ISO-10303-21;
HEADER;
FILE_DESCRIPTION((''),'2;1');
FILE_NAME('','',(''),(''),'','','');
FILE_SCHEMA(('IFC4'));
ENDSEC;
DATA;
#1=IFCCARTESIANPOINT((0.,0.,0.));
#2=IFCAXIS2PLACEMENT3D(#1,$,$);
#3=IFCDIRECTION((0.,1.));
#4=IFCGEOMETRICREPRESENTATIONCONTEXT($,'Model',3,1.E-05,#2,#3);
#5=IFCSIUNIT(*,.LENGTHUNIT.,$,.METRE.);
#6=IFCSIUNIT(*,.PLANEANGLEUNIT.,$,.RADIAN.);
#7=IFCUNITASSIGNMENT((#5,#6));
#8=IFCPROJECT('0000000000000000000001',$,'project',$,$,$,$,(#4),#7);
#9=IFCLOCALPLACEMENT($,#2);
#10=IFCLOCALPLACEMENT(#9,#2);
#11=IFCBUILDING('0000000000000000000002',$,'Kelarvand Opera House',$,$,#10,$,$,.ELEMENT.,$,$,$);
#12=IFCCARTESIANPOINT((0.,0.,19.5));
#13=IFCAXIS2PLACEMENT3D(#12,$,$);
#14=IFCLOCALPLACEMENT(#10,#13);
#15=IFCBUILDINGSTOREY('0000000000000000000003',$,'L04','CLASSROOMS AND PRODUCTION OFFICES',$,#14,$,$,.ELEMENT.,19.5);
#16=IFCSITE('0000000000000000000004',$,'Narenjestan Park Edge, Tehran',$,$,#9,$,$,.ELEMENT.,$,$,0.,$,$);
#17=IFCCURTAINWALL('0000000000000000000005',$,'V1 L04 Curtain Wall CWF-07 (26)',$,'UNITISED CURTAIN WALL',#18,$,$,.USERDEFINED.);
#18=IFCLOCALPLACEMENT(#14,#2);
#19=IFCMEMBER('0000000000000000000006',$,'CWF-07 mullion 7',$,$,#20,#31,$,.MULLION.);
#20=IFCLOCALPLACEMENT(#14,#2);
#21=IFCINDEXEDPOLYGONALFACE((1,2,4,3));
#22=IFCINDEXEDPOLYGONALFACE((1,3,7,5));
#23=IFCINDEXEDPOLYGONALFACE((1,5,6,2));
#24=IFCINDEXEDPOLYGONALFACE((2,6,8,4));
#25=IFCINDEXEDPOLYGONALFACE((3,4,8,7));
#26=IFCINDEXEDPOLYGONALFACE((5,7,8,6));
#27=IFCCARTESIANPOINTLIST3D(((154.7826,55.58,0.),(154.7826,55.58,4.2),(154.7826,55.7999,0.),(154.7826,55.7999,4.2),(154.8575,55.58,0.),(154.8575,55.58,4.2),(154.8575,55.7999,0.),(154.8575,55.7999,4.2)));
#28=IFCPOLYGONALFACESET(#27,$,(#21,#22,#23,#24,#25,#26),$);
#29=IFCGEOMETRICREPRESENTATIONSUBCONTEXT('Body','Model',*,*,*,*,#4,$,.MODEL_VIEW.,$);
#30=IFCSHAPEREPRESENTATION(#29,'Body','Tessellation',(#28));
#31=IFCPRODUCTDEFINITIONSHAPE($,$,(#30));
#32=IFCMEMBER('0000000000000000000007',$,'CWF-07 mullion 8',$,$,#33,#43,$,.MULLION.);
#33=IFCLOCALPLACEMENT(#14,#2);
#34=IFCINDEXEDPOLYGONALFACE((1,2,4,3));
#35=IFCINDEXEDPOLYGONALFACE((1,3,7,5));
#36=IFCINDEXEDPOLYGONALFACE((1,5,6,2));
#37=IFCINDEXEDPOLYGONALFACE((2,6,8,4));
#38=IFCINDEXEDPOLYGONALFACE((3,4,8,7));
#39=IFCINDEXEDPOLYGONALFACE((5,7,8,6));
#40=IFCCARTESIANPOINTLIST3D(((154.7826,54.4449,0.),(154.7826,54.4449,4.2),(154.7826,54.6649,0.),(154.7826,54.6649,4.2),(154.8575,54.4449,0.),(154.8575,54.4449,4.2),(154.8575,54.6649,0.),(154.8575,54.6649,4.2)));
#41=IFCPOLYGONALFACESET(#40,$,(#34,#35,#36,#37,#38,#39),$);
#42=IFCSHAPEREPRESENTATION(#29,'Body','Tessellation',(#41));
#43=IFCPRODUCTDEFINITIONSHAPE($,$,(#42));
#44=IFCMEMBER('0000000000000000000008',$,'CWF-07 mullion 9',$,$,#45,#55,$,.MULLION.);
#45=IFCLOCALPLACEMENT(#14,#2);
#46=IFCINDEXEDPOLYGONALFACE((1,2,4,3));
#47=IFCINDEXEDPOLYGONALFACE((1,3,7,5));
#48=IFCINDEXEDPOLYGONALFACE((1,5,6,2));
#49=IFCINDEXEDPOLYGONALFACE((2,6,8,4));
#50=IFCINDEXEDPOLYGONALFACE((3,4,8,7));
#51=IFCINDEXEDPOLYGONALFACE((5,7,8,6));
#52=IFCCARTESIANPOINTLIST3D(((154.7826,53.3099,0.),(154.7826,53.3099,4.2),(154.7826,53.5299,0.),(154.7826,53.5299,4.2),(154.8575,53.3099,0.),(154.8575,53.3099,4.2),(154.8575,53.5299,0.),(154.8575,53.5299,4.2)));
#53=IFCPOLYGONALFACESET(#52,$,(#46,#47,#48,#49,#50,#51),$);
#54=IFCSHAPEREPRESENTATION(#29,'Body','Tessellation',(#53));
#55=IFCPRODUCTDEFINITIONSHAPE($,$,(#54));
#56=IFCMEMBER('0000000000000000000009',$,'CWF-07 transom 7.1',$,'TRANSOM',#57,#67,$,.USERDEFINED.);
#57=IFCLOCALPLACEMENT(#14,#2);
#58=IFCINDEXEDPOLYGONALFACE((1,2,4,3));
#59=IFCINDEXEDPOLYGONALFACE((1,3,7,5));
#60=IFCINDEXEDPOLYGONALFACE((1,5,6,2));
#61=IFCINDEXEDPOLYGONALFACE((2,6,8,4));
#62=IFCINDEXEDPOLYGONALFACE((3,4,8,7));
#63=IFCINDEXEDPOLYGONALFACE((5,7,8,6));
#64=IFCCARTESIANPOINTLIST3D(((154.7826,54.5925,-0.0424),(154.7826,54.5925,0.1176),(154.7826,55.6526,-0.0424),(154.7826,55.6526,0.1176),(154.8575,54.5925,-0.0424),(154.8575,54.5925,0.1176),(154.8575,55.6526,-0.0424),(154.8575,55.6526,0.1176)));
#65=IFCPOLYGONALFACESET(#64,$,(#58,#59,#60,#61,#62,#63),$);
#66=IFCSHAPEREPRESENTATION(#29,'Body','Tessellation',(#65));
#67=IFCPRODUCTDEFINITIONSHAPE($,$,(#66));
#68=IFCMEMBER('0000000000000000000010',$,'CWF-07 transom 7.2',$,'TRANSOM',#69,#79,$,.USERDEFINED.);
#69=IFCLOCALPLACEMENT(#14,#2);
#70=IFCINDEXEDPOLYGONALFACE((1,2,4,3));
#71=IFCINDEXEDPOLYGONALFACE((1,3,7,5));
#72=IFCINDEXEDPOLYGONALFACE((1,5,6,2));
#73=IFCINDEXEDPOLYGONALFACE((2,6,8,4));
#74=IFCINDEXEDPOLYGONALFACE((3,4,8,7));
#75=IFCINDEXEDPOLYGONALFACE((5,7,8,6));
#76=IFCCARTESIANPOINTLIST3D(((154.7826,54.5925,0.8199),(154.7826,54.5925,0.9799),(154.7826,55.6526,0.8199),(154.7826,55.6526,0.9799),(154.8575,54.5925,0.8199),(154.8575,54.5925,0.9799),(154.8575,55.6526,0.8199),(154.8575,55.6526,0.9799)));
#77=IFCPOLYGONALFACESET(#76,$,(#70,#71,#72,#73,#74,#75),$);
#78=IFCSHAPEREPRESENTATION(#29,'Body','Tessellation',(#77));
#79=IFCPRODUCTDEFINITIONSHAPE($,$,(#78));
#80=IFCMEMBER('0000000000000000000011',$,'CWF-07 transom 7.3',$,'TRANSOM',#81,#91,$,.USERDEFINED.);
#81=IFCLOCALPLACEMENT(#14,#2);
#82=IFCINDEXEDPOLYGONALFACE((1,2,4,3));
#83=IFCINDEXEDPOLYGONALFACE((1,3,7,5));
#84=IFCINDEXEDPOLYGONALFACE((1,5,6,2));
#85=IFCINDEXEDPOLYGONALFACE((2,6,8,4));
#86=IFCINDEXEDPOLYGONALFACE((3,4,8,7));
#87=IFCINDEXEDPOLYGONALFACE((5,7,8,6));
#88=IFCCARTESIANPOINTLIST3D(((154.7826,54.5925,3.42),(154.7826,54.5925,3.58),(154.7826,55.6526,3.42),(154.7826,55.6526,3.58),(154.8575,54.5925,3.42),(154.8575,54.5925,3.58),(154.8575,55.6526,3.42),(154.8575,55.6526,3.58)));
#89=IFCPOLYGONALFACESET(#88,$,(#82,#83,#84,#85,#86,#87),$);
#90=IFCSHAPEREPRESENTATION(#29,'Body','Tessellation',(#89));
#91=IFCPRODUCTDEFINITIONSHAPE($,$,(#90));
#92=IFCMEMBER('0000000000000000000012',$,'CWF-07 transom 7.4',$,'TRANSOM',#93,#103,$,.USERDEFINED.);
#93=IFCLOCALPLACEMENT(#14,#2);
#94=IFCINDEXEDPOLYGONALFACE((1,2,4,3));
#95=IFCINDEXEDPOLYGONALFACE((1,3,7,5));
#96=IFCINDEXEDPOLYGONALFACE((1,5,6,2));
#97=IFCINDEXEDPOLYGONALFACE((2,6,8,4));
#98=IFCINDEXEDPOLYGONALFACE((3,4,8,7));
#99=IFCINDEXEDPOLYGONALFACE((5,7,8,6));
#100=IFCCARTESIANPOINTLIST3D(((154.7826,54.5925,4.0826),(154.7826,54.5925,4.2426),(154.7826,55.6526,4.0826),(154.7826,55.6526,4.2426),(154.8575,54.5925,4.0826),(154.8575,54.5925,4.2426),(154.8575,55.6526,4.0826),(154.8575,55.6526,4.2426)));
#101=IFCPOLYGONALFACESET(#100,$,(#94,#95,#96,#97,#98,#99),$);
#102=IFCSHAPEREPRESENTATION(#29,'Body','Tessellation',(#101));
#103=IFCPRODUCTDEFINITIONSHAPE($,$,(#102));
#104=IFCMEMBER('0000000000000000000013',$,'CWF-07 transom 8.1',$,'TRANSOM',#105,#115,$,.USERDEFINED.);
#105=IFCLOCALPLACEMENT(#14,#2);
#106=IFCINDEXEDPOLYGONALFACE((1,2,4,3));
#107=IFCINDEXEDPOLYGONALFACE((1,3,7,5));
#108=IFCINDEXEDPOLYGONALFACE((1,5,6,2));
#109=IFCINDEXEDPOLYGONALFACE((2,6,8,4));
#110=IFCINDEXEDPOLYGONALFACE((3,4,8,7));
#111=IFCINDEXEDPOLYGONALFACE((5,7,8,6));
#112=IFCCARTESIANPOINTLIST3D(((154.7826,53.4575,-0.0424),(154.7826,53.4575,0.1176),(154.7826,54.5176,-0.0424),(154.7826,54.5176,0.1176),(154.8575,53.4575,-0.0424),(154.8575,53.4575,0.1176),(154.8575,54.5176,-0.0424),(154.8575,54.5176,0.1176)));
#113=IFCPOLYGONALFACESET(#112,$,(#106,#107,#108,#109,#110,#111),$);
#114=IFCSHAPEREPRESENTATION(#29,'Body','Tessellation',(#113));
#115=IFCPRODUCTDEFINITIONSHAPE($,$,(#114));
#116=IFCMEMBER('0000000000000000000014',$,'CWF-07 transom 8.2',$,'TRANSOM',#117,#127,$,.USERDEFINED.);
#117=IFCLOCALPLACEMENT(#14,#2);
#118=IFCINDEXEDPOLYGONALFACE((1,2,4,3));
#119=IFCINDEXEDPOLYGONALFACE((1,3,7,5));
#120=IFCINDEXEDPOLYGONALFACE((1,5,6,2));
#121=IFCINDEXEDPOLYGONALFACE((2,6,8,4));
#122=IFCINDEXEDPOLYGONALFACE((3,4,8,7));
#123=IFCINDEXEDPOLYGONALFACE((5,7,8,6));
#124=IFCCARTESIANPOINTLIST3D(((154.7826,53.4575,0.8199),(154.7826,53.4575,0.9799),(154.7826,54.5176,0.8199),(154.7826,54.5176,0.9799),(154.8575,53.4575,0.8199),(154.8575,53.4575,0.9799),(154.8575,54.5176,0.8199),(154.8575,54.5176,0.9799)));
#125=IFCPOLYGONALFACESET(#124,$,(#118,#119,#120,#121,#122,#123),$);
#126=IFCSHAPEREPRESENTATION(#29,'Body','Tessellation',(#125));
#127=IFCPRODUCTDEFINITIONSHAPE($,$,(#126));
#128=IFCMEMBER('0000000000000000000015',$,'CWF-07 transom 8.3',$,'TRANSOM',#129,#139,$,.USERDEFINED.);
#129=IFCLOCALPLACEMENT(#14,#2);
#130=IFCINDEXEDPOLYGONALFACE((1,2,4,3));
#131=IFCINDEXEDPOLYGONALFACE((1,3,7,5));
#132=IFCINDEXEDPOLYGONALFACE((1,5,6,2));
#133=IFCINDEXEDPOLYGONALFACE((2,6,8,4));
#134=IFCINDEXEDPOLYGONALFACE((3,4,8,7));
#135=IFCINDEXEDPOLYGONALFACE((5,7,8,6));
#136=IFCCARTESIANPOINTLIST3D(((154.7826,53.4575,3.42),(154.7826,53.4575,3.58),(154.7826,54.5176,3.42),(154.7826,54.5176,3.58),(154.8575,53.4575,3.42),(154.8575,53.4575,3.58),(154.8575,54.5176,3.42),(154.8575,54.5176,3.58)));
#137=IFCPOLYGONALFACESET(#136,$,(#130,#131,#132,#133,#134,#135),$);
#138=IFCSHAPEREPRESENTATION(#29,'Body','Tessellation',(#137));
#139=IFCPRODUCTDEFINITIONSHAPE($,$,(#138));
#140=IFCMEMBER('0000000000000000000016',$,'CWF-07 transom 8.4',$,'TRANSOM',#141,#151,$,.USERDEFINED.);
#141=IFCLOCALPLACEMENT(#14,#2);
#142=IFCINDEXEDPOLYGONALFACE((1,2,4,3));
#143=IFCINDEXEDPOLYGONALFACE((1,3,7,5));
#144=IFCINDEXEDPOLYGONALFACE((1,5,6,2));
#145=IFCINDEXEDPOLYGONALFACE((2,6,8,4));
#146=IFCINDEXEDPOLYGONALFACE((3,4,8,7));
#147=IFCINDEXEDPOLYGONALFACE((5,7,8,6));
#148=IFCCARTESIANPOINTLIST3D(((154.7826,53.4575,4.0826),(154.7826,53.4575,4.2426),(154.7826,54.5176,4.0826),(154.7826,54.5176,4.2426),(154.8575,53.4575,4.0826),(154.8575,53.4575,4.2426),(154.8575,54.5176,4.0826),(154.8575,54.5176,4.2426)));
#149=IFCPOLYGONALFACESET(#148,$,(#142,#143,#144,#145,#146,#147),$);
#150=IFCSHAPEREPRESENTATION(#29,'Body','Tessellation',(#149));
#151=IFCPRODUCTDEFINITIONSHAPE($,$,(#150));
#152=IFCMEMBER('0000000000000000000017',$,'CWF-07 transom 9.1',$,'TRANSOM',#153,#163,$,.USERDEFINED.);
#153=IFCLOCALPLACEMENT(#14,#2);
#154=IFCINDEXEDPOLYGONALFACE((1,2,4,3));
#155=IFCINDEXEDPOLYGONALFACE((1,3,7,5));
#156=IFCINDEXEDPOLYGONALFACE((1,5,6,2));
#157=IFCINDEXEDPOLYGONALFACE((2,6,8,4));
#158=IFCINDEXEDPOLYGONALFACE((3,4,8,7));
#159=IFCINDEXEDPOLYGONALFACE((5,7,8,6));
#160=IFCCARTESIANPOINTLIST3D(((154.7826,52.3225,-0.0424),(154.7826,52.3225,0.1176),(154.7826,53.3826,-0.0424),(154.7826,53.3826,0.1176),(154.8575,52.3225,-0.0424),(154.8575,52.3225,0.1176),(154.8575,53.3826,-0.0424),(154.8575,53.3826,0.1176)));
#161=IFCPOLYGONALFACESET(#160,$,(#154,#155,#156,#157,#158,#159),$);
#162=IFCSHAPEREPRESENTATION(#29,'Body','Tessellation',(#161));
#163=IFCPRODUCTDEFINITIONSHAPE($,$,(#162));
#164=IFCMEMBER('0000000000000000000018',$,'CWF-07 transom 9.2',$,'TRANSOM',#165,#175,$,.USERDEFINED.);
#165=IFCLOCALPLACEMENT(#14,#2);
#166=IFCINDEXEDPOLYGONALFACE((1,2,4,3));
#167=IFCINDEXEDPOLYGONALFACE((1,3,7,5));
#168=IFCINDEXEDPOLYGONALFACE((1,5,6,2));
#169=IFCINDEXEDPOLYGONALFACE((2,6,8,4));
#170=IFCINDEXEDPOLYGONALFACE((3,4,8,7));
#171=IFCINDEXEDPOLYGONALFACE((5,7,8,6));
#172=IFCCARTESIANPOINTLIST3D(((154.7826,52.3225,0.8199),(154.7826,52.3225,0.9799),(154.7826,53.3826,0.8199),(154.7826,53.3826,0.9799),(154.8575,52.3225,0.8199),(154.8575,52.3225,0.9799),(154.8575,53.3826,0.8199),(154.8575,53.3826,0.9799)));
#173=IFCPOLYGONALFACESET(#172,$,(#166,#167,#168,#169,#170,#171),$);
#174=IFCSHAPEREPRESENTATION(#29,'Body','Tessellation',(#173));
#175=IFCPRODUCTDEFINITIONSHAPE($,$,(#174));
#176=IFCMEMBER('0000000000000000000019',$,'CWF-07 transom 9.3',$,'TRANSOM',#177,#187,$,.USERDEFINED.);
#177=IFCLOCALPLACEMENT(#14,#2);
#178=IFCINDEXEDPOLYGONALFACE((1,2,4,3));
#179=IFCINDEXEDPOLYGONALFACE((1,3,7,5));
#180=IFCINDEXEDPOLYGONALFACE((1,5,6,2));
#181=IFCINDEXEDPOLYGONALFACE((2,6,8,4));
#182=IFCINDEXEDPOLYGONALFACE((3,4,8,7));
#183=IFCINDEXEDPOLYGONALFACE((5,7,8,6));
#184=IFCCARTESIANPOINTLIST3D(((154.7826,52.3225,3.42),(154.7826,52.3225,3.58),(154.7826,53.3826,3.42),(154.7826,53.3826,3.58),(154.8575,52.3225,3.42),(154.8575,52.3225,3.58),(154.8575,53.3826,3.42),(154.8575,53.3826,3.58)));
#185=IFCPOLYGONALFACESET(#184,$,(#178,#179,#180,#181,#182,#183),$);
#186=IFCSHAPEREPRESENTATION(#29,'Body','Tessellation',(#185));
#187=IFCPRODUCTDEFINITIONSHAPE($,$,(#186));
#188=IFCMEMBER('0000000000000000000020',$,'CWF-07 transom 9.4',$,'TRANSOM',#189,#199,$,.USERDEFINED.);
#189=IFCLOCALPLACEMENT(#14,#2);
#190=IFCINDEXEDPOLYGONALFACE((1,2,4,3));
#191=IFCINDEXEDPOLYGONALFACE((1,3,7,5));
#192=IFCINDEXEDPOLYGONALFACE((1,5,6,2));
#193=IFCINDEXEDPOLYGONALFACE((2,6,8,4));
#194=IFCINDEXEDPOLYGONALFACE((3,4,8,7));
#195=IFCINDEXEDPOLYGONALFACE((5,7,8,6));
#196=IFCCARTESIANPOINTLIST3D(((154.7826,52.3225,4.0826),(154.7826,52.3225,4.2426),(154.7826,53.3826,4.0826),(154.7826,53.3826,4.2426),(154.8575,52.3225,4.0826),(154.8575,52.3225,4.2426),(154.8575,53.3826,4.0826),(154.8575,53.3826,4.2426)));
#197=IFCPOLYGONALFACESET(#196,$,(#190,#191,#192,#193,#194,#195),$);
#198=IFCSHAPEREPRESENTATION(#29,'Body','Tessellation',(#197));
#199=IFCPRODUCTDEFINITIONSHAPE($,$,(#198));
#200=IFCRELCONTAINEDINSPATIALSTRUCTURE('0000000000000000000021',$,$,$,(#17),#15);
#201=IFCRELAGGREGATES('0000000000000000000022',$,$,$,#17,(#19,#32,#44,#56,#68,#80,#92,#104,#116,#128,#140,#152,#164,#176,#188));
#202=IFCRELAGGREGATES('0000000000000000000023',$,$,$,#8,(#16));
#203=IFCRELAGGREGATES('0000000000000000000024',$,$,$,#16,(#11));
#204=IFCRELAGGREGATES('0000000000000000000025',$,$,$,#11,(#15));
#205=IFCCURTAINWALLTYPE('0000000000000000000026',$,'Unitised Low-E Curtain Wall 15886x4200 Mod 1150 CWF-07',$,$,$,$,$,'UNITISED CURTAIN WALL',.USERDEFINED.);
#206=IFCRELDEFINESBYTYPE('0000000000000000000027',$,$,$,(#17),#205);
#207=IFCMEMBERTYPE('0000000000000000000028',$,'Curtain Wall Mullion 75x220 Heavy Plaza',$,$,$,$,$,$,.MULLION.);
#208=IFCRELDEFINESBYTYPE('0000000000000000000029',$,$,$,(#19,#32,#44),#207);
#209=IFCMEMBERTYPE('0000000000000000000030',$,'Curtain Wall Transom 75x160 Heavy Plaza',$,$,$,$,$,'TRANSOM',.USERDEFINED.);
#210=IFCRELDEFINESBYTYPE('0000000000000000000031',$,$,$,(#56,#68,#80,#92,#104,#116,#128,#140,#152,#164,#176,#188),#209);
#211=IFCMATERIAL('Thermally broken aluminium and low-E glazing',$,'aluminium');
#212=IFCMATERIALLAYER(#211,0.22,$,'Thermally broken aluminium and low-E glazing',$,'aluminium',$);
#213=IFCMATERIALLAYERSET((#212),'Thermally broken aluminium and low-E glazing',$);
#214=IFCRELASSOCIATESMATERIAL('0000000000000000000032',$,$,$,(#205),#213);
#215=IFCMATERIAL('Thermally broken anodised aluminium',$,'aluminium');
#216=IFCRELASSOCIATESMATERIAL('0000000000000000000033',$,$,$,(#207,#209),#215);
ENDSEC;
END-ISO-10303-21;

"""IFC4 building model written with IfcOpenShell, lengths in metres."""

from ifc_helpers import new_model, si_unit, direction, frame, origin, origin_2d, place, context, subcontext, project, spatial, rectangle, extrude, material, layer, layer_set, material_profile, profile_set, type_object, element, aggregate, save


model = new_model("IFC4")

# Units and contexts
model_context = context("Model", 3, precision=1e-05, world=origin(), true_north=direction((0.0, 1.0)))
body_context = subcontext(model_context, "Body", "Model", "MODEL_VIEW")
ifc_project = project(units=[si_unit("LENGTHUNIT", "METRE"), si_unit("PLANEANGLEUNIT", "RADIAN")], contexts=[model_context])

# Site, building, storey
site_placement = place(None, origin())
site = spatial("IfcSite", under=ifc_project, at=site_placement, Name="Narenjestan Park Edge, Tehran", CompositionType="ELEMENT", RefElevation=0.0)
building_placement = place(site_placement, origin())
building = spatial("IfcBuilding", under=site, at=building_placement, Name="Kelarvand Opera House", CompositionType="ELEMENT")
storey_placement = place(building_placement, frame((0.0, 0.0, 19.5)))
storey = spatial("IfcBuildingStorey", under=building, at=storey_placement, Name="L04", Description="CLASSROOMS AND PRODUCTION OFFICES", CompositionType="ELEMENT", Elevation=19.5)

# Curtain wall, members
ifc_material_1 = material(Name="Thermally broken aluminium and low-E glazing", Category="aluminium")
ifc_layer_1 = layer(ifc_material_1, 0.22, Name="Thermally broken aluminium and low-E glazing", Category="aluminium")
ifc_layer_set_1 = layer_set([ifc_layer_1], Name="Thermally broken aluminium and low-E glazing")
curtain_wall_type = type_object("IfcCurtainWallType", Name="Unitised Low-E Curtain Wall 15886x4200 Mod 1150 CWF-07", ElementType="UNITISED CURTAIN WALL", PredefinedType="USERDEFINED", material=ifc_layer_set_1)
curtain_wall_placement = place(storey_placement, origin())
curtain_wall = element("IfcCurtainWall", 1, at=curtain_wall_placement, inside=storey, type_object=curtain_wall_type, Name="V1 L04 Curtain Wall CWF-07 (26)", ObjectType="UNITISED CURTAIN WALL", PredefinedType="USERDEFINED")
ifc_material_2 = material(Name="Thermally broken anodised aluminium", Category="aluminium")
ifc_material_profile_1 = material_profile(ifc_material_2, rectangle(XDim=0.075, YDim=0.22, at=origin_2d()), Name="ALU MULLION 75x220", Category="aluminium")
ifc_profile_set_1 = profile_set([ifc_material_profile_1], Name="Thermally broken anodised aluminium")
member_type_1 = type_object("IfcMemberType", Name="Curtain Wall Mullion 75x220 Heavy Plaza", PredefinedType="MULLION", material=ifc_profile_set_1)
member_1_placement = place(storey_placement, frame((154.8201, 55.6899, 0.0), z_axis=(0.0, 0.0, 1.0), x_axis=(1.0, 0.0, 0.0)))
member_1 = element("IfcMember", 2, at=member_1_placement, type_object=member_type_1, Name="CWF-07 mullion 7", PredefinedType="MULLION", context=body_context, shape_type="SweptSolid", body=[
    extrude(rectangle(XDim=0.075, YDim=0.22, at=origin_2d()), origin(), (0.0, 0.0, 1.0), 4.2),
])
member_2_placement = place(storey_placement, frame((154.8201, 54.5549, 0.0), z_axis=(0.0, 0.0, 1.0), x_axis=(1.0, 0.0, 0.0)))
member_2 = element("IfcMember", 3, at=member_2_placement, type_object=member_type_1, Name="CWF-07 mullion 8", PredefinedType="MULLION", context=body_context, shape_type="SweptSolid", body=[
    extrude(rectangle(XDim=0.075, YDim=0.22, at=origin_2d()), origin(), (0.0, 0.0, 1.0), 4.2),
])
member_3_placement = place(storey_placement, frame((154.8201, 53.4199, 0.0), z_axis=(0.0, 0.0, 1.0), x_axis=(1.0, 0.0, 0.0)))
member_3 = element("IfcMember", 4, at=member_3_placement, type_object=member_type_1, Name="CWF-07 mullion 9", PredefinedType="MULLION", context=body_context, shape_type="SweptSolid", body=[
    extrude(rectangle(XDim=0.075, YDim=0.22, at=origin_2d()), origin(), (0.0, 0.0, 1.0), 4.2),
])
ifc_material_profile_2 = material_profile(ifc_material_2, rectangle(XDim=0.075, YDim=0.1599, at=origin_2d()), Name="ALU TRANSOM 75x160", Category="aluminium")
ifc_profile_set_2 = profile_set([ifc_material_profile_2], Name="Thermally broken anodised aluminium")
member_type_2 = type_object("IfcMemberType", Name="Curtain Wall Transom 75x160 Heavy Plaza", ElementType="TRANSOM", PredefinedType="USERDEFINED", material=ifc_profile_set_2)
member_4_placement = place(storey_placement, frame((154.8201, 55.6526, 0.0376), z_axis=(0.0, -1.0, 0.0), x_axis=(1.0, 0.0, 0.0)))
member_4 = element("IfcMember", 5, at=member_4_placement, type_object=member_type_2, Name="CWF-07 transom 7.1", ObjectType="TRANSOM", PredefinedType="USERDEFINED", context=body_context, shape_type="SweptSolid", body=[
    extrude(rectangle(XDim=0.075, YDim=0.1599, at=origin_2d()), origin(), (0.0, 0.0, 1.0), 1.0601),
])
member_5_placement = place(storey_placement, frame((154.8201, 55.6526, 0.8999), z_axis=(0.0, -1.0, 0.0), x_axis=(1.0, 0.0, 0.0)))
member_5 = element("IfcMember", 6, at=member_5_placement, type_object=member_type_2, Name="CWF-07 transom 7.2", ObjectType="TRANSOM", PredefinedType="USERDEFINED", context=body_context, shape_type="SweptSolid", body=[
    extrude(rectangle(XDim=0.075, YDim=0.1599, at=origin_2d()), origin(), (0.0, 0.0, 1.0), 1.0601),
])
member_6_placement = place(storey_placement, frame((154.8201, 55.6526, 3.5), z_axis=(0.0, -1.0, 0.0), x_axis=(1.0, 0.0, 0.0)))
member_6 = element("IfcMember", 7, at=member_6_placement, type_object=member_type_2, Name="CWF-07 transom 7.3", ObjectType="TRANSOM", PredefinedType="USERDEFINED", context=body_context, shape_type="SweptSolid", body=[
    extrude(rectangle(XDim=0.075, YDim=0.1599, at=origin_2d()), origin(), (0.0, 0.0, 1.0), 1.0601),
])
member_7_placement = place(storey_placement, frame((154.8201, 55.6526, 4.1626), z_axis=(0.0, -1.0, 0.0), x_axis=(1.0, 0.0, 0.0)))
member_7 = element("IfcMember", 8, at=member_7_placement, type_object=member_type_2, Name="CWF-07 transom 7.4", ObjectType="TRANSOM", PredefinedType="USERDEFINED", context=body_context, shape_type="SweptSolid", body=[
    extrude(rectangle(XDim=0.075, YDim=0.1599, at=origin_2d()), origin(), (0.0, 0.0, 1.0), 1.0601),
])
member_8_placement = place(storey_placement, frame((154.8201, 54.5176, 0.0376), z_axis=(0.0, -1.0, 0.0), x_axis=(1.0, 0.0, 0.0)))
member_8 = element("IfcMember", 9, at=member_8_placement, type_object=member_type_2, Name="CWF-07 transom 8.1", ObjectType="TRANSOM", PredefinedType="USERDEFINED", context=body_context, shape_type="SweptSolid", body=[
    extrude(rectangle(XDim=0.075, YDim=0.1599, at=origin_2d()), origin(), (0.0, 0.0, 1.0), 1.0601),
])
member_9_placement = place(storey_placement, frame((154.8201, 54.5176, 0.8999), z_axis=(0.0, -1.0, 0.0), x_axis=(1.0, 0.0, 0.0)))
member_9 = element("IfcMember", 10, at=member_9_placement, type_object=member_type_2, Name="CWF-07 transom 8.2", ObjectType="TRANSOM", PredefinedType="USERDEFINED", context=body_context, shape_type="SweptSolid", body=[
    extrude(rectangle(XDim=0.075, YDim=0.1599, at=origin_2d()), origin(), (0.0, 0.0, 1.0), 1.0601),
])
member_10_placement = place(storey_placement, frame((154.8201, 54.5176, 3.5), z_axis=(0.0, -1.0, 0.0), x_axis=(1.0, 0.0, 0.0)))
member_10 = element("IfcMember", 11, at=member_10_placement, type_object=member_type_2, Name="CWF-07 transom 8.3", ObjectType="TRANSOM", PredefinedType="USERDEFINED", context=body_context, shape_type="SweptSolid", body=[
    extrude(rectangle(XDim=0.075, YDim=0.1599, at=origin_2d()), origin(), (0.0, 0.0, 1.0), 1.0601),
])
member_11_placement = place(storey_placement, frame((154.8201, 54.5176, 4.1626), z_axis=(0.0, -1.0, 0.0), x_axis=(1.0, 0.0, 0.0)))
member_11 = element("IfcMember", 12, at=member_11_placement, type_object=member_type_2, Name="CWF-07 transom 8.4", ObjectType="TRANSOM", PredefinedType="USERDEFINED", context=body_context, shape_type="SweptSolid", body=[
    extrude(rectangle(XDim=0.075, YDim=0.1599, at=origin_2d()), origin(), (0.0, 0.0, 1.0), 1.0601),
])
member_12_placement = place(storey_placement, frame((154.8201, 53.3826, 0.0376), z_axis=(0.0, -1.0, 0.0), x_axis=(1.0, 0.0, 0.0)))
member_12 = element("IfcMember", 13, at=member_12_placement, type_object=member_type_2, Name="CWF-07 transom 9.1", ObjectType="TRANSOM", PredefinedType="USERDEFINED", context=body_context, shape_type="SweptSolid", body=[
    extrude(rectangle(XDim=0.075, YDim=0.1599, at=origin_2d()), origin(), (0.0, 0.0, 1.0), 1.0601),
])
member_13_placement = place(storey_placement, frame((154.8201, 53.3826, 0.8999), z_axis=(0.0, -1.0, 0.0), x_axis=(1.0, 0.0, 0.0)))
member_13 = element("IfcMember", 14, at=member_13_placement, type_object=member_type_2, Name="CWF-07 transom 9.2", ObjectType="TRANSOM", PredefinedType="USERDEFINED", context=body_context, shape_type="SweptSolid", body=[
    extrude(rectangle(XDim=0.075, YDim=0.1599, at=origin_2d()), origin(), (0.0, 0.0, 1.0), 1.0601),
])
member_14_placement = place(storey_placement, frame((154.8201, 53.3826, 3.5), z_axis=(0.0, -1.0, 0.0), x_axis=(1.0, 0.0, 0.0)))
member_14 = element("IfcMember", 15, at=member_14_placement, type_object=member_type_2, Name="CWF-07 transom 9.3", ObjectType="TRANSOM", PredefinedType="USERDEFINED", context=body_context, shape_type="SweptSolid", body=[
    extrude(rectangle(XDim=0.075, YDim=0.1599, at=origin_2d()), origin(), (0.0, 0.0, 1.0), 1.0601),
])
member_15_placement = place(storey_placement, frame((154.8201, 53.3826, 4.1626), z_axis=(0.0, -1.0, 0.0), x_axis=(1.0, 0.0, 0.0)))
member_15 = element("IfcMember", 16, at=member_15_placement, type_object=member_type_2, Name="CWF-07 transom 9.4", ObjectType="TRANSOM", PredefinedType="USERDEFINED", context=body_context, shape_type="SweptSolid", body=[
    extrude(rectangle(XDim=0.075, YDim=0.1599, at=origin_2d()), origin(), (0.0, 0.0, 1.0), 1.0601),
])
aggregate(curtain_wall, [member_1, member_2, member_3, member_4, member_5, member_6, member_7, member_8, member_9, member_10, member_11, member_12, member_13, member_14, member_15])

save(model, "model.ifc")
